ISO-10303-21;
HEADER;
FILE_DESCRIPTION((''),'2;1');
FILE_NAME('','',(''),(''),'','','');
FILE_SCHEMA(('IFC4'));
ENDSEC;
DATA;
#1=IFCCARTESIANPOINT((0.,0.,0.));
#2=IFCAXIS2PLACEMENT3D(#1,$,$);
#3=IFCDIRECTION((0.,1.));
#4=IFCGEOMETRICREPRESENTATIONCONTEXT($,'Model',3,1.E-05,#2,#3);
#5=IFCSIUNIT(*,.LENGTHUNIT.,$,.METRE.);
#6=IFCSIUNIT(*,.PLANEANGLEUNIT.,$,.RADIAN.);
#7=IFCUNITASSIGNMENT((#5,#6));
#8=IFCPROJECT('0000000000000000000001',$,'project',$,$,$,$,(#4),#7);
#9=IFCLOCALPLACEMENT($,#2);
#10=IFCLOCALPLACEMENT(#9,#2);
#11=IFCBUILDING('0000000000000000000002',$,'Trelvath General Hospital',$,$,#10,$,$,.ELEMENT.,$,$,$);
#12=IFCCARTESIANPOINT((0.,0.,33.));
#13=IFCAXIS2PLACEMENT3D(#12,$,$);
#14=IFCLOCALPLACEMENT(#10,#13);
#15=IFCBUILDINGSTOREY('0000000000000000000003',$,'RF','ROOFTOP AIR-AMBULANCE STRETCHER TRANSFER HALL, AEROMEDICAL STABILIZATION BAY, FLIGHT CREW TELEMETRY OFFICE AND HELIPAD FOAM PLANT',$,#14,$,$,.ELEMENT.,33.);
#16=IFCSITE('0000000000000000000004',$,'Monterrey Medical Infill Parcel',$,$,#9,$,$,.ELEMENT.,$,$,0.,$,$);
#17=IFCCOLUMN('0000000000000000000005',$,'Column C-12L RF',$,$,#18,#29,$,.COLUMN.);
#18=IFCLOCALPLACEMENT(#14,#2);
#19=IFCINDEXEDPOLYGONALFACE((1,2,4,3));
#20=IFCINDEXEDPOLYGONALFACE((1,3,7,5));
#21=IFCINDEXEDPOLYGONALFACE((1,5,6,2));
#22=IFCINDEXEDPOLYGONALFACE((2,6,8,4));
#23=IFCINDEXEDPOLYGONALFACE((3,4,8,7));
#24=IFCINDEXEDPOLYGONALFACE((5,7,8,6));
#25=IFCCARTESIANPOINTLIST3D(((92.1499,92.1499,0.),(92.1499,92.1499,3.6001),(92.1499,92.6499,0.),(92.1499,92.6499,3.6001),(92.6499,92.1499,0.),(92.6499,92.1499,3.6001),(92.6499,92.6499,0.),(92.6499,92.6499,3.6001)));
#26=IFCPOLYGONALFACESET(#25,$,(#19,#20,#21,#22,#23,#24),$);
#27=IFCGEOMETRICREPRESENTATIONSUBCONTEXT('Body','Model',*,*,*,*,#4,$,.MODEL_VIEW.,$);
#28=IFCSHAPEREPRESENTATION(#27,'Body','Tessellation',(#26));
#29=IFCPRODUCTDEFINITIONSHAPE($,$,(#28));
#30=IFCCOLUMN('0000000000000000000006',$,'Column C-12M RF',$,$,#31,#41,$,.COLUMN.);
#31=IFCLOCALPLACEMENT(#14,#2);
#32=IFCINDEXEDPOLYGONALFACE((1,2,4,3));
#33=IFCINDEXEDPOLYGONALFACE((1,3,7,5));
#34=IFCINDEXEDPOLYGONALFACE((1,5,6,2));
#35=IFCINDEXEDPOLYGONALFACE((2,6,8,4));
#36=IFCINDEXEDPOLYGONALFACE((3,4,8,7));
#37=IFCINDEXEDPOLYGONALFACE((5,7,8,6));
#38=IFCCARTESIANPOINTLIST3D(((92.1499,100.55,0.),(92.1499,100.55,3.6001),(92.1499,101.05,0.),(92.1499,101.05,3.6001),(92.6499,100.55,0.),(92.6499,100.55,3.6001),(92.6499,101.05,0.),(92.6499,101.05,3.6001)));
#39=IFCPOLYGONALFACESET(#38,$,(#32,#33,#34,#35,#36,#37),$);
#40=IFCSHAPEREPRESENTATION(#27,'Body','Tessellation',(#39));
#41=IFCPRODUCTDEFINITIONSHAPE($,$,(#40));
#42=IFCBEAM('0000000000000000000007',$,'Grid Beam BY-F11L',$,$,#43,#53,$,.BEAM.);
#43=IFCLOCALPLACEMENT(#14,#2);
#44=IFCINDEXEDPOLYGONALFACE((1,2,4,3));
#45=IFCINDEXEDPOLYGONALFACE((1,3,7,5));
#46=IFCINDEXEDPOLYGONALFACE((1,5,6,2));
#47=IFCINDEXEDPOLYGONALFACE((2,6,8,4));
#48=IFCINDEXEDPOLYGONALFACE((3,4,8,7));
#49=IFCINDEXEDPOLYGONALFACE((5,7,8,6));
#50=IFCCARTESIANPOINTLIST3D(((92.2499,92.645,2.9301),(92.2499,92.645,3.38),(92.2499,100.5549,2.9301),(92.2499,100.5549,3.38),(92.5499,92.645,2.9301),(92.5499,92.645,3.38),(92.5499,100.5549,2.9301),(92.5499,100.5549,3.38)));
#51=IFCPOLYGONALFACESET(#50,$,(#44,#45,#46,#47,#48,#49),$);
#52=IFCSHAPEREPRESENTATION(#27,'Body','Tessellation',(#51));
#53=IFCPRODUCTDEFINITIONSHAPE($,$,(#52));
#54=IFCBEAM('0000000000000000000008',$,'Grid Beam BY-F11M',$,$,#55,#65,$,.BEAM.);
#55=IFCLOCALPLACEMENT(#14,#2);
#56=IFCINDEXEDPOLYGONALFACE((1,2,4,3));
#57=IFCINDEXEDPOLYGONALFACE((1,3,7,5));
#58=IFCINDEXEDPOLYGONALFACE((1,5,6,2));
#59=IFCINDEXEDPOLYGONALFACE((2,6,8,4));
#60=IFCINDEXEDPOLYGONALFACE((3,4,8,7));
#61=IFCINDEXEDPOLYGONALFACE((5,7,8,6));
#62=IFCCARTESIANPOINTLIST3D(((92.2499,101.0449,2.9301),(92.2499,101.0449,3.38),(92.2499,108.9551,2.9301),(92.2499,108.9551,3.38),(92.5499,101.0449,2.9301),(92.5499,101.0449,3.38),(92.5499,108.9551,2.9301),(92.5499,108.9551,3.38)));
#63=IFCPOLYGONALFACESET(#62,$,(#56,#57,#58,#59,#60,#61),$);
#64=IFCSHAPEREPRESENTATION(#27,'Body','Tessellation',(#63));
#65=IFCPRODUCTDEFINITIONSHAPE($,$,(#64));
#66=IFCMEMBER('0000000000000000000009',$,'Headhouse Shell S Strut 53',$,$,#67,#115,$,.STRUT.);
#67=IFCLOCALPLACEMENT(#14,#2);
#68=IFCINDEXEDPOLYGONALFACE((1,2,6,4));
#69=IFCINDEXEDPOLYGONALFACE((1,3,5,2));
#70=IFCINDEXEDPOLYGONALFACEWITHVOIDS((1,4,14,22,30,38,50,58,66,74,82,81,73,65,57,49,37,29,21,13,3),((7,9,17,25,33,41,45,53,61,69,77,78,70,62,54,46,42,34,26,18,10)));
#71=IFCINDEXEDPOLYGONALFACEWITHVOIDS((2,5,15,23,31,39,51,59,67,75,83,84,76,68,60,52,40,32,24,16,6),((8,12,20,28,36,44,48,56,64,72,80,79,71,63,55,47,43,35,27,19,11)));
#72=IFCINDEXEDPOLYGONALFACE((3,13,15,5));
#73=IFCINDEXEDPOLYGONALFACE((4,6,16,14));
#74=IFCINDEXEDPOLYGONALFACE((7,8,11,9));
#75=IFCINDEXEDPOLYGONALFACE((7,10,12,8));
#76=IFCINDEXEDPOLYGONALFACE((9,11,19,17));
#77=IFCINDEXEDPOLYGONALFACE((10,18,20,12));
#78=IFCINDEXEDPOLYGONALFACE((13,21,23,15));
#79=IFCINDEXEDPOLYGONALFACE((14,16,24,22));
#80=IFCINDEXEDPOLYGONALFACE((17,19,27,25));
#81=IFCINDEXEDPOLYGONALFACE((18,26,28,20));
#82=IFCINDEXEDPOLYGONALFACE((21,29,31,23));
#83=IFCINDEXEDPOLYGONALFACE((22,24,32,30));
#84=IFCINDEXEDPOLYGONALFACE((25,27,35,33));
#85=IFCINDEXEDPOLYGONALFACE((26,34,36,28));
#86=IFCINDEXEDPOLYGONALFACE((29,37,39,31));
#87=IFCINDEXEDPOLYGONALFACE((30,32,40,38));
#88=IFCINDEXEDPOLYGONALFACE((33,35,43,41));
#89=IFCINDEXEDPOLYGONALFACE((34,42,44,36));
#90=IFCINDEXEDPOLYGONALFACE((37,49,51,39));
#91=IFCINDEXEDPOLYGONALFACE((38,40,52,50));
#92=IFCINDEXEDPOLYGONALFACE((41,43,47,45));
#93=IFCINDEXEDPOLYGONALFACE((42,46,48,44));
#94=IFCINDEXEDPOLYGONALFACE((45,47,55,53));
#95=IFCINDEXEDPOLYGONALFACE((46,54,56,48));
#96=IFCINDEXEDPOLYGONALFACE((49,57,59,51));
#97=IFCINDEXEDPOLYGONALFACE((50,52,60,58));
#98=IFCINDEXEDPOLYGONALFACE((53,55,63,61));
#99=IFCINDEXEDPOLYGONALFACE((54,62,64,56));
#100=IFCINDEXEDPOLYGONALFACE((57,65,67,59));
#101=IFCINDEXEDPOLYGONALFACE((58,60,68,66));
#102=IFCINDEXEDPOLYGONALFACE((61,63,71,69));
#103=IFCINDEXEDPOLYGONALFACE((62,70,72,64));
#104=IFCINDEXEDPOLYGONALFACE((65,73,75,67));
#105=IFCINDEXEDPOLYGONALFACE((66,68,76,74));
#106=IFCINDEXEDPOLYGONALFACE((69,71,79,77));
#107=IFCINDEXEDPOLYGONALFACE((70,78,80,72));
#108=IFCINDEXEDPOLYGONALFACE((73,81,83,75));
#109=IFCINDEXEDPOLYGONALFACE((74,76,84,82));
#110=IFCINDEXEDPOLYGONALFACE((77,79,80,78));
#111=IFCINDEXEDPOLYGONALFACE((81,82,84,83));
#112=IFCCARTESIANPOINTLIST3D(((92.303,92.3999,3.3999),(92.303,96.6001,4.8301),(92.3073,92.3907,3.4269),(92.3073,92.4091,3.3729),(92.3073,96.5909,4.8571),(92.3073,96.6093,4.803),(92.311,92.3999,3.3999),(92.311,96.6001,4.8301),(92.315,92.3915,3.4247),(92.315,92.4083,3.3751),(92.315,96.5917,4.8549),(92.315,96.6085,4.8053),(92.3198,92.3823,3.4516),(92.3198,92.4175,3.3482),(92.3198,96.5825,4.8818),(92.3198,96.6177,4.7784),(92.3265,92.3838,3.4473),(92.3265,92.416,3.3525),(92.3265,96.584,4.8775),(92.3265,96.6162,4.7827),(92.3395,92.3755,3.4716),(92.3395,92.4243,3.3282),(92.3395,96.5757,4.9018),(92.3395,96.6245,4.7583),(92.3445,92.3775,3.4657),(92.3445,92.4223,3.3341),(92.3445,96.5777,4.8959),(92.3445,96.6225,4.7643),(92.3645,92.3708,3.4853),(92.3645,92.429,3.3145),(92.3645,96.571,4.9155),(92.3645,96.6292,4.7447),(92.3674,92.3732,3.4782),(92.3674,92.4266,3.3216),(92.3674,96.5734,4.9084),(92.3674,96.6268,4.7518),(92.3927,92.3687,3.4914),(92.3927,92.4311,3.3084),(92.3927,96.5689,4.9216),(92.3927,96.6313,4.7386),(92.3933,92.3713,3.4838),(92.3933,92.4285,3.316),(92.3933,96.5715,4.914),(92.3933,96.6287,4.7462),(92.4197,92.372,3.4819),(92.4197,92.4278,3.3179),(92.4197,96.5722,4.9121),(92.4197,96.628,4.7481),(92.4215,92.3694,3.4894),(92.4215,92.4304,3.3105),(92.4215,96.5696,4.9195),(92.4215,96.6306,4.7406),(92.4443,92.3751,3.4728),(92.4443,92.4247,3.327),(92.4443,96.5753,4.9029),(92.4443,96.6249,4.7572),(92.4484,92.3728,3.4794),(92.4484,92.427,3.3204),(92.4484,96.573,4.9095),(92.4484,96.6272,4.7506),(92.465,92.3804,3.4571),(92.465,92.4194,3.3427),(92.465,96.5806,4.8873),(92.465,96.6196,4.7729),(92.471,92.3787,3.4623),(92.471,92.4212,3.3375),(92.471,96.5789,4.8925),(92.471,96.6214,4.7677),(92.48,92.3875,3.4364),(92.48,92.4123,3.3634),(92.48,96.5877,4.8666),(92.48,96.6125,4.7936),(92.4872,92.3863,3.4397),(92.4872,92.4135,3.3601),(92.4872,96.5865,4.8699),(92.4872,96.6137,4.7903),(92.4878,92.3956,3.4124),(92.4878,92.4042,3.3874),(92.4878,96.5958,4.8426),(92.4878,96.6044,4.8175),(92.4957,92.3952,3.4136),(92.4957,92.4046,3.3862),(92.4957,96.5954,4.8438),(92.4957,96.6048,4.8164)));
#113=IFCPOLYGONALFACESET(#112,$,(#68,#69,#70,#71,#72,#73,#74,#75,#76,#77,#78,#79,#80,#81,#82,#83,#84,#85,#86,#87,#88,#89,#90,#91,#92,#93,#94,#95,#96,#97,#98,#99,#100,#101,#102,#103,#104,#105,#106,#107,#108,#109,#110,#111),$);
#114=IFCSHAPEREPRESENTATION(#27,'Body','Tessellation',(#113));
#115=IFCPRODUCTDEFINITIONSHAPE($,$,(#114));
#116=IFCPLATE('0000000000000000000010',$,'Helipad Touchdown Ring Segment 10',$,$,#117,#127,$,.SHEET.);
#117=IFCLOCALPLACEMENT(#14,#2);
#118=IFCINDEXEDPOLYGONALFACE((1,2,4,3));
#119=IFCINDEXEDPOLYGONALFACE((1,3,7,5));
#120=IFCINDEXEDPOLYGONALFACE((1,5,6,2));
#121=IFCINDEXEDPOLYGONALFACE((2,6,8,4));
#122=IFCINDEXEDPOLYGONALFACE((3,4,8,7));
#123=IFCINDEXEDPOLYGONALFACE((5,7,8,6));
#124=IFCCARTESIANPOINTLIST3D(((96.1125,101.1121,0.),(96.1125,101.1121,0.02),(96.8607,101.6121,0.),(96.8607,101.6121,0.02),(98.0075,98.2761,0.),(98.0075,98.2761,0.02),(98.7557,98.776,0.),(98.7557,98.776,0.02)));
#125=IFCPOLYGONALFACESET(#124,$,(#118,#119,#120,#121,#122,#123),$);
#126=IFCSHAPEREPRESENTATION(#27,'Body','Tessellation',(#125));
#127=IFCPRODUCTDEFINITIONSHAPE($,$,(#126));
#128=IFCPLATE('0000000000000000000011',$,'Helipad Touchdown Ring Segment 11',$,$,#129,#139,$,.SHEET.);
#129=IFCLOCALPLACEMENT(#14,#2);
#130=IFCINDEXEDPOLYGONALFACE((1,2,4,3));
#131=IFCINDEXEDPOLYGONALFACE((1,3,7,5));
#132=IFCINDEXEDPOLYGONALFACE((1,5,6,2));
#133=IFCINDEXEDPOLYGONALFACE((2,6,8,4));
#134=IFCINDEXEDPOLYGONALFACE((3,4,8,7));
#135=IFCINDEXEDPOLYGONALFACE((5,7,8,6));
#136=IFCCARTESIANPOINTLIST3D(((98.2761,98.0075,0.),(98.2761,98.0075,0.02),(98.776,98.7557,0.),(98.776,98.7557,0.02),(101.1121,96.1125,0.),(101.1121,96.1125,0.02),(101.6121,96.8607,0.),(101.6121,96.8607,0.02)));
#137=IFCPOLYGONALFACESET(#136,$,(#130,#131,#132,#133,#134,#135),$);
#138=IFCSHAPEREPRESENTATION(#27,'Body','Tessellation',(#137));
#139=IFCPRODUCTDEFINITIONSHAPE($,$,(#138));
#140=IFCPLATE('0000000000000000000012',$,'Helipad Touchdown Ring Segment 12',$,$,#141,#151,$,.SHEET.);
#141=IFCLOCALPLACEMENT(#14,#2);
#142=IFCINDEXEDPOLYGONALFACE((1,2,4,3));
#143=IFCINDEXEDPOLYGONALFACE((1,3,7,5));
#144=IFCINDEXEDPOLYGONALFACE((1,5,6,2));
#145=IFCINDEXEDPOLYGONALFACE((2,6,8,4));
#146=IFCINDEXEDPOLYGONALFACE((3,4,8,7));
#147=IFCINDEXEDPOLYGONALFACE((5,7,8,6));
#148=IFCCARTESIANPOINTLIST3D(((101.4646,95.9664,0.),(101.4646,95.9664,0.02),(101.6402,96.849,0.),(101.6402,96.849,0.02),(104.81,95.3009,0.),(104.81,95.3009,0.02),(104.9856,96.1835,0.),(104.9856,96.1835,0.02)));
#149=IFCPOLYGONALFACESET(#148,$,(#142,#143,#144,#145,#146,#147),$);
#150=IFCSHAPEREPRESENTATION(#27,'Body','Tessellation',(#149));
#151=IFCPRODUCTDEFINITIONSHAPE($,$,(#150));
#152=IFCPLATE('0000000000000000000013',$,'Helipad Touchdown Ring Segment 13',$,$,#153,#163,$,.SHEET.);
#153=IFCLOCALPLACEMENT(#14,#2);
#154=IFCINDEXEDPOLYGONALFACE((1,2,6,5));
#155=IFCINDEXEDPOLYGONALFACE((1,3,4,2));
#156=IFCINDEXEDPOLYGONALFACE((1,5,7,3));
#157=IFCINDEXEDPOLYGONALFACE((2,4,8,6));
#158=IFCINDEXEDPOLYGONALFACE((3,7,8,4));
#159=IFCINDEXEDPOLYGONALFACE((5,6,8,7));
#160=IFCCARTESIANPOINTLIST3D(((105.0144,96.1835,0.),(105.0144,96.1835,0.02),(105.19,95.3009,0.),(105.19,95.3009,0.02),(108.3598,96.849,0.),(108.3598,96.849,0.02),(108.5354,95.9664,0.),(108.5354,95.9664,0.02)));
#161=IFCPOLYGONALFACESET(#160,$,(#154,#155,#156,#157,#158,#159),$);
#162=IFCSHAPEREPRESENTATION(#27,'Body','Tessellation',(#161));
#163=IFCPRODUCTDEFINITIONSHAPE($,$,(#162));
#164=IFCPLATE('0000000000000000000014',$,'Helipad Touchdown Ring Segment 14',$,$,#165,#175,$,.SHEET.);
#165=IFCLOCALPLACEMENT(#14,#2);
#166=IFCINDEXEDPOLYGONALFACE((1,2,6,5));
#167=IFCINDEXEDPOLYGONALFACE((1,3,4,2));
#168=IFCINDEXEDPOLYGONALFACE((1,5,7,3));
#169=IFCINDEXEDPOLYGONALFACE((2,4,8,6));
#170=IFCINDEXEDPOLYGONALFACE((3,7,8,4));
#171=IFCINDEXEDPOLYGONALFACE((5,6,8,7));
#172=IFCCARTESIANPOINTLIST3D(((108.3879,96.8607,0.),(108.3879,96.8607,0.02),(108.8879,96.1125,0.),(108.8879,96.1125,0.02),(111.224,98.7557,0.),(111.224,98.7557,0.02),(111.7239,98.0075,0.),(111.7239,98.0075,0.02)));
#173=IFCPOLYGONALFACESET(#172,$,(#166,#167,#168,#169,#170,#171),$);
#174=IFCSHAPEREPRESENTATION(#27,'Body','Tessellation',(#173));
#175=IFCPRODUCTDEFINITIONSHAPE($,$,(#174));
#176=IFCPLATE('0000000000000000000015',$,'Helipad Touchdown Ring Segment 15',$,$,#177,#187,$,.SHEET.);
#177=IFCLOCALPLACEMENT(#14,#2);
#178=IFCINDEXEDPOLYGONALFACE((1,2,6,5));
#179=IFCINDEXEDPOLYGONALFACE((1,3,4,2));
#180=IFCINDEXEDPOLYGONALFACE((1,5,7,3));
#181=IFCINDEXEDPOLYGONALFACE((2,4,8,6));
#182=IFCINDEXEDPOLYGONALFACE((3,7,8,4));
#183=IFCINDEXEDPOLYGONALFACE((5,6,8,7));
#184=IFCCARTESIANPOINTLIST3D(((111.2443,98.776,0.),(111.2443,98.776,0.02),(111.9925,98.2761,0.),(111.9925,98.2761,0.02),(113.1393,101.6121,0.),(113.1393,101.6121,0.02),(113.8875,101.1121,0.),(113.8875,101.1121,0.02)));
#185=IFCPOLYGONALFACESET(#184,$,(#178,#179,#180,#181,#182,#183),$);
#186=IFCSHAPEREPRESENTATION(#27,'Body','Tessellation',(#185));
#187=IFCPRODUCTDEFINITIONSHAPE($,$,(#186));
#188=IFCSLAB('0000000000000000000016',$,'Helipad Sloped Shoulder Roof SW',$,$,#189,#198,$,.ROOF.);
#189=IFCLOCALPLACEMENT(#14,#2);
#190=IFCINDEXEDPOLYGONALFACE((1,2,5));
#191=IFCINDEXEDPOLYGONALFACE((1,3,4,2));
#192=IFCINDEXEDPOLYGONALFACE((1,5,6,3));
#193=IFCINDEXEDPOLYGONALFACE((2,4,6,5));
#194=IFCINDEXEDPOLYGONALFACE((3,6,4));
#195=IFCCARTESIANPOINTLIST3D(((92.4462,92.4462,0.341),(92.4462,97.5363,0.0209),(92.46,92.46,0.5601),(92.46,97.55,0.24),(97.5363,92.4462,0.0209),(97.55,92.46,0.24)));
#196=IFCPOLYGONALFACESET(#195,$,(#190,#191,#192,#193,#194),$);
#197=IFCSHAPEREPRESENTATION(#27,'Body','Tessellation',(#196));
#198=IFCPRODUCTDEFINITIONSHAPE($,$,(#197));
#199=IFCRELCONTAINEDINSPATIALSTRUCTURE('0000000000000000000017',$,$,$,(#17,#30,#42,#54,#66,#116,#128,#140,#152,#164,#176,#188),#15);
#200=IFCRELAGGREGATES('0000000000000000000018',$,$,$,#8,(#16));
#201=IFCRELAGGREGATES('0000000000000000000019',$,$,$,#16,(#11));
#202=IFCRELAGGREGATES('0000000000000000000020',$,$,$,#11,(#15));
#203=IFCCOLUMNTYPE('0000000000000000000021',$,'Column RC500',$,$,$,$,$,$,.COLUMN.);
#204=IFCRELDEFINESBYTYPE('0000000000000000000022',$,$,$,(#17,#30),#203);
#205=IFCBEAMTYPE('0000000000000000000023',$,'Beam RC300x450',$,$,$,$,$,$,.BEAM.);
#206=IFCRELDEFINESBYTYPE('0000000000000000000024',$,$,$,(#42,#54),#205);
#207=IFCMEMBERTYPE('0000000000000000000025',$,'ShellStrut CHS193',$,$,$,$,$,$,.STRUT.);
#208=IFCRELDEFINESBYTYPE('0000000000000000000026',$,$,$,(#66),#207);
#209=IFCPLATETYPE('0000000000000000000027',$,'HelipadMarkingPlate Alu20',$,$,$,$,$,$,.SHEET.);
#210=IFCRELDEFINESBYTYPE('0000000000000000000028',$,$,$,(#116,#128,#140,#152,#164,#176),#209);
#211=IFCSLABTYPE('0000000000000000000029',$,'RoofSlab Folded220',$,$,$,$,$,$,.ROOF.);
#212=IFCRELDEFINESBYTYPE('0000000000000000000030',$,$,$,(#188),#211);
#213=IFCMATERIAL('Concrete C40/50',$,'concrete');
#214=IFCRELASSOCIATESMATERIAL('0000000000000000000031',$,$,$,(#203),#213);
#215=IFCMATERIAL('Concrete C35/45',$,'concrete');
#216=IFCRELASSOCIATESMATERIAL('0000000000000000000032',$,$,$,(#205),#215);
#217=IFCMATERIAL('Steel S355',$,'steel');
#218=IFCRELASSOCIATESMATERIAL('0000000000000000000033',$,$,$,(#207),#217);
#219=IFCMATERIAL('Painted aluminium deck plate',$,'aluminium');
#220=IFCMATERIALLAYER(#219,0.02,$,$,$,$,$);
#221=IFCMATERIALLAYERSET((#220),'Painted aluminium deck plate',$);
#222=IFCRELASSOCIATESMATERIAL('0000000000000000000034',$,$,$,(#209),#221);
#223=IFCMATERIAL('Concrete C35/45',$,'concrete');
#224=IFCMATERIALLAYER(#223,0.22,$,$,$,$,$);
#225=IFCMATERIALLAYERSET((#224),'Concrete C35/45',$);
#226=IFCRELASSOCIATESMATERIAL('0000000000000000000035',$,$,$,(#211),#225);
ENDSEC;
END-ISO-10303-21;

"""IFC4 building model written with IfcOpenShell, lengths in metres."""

from ifc_helpers import new_model, si_unit, direction, frame, origin, origin_2d, place, context, subcontext, project, spatial, polyline, rectangle, hollow_circle, outline, extrude, material, layer, layer_set, material_profile, profile_set, type_object, element, save


model = new_model("IFC4")

# Units and contexts
model_context = context("Model", 3, precision=1e-05, world=origin(), true_north=direction((0.0, 1.0)))
body_context = subcontext(model_context, "Body", "Model", "MODEL_VIEW")
ifc_project = project(units=[si_unit("LENGTHUNIT", "METRE"), si_unit("PLANEANGLEUNIT", "RADIAN")], contexts=[model_context])

# Site, building, storey
site_placement = place(None, origin())
site = spatial("IfcSite", under=ifc_project, at=site_placement, Name="Monterrey Medical Infill Parcel", CompositionType="ELEMENT", RefElevation=0.0)
building_placement = place(site_placement, origin())
building = spatial("IfcBuilding", under=site, at=building_placement, Name="Trelvath General Hospital", CompositionType="ELEMENT")
storey_placement = place(building_placement, frame((0.0, 0.0, 33.0)))
storey = spatial("IfcBuildingStorey", under=building, at=storey_placement, Name="RF", Description="ROOFTOP AIR-AMBULANCE STRETCHER TRANSFER HALL, AEROMEDICAL STABILIZATION BAY, FLIGHT CREW TELEMETRY OFFICE AND HELIPAD FOAM PLANT", CompositionType="ELEMENT", Elevation=33.0)

# Columns
ifc_material_1 = material(Name="Concrete C40/50", Category="concrete")
ifc_material_profile_1 = material_profile(ifc_material_1, rectangle(XDim=0.5, YDim=0.5, at=origin_2d()), Name="RC500x500")
ifc_profile_set_1 = profile_set([ifc_material_profile_1], Name="Concrete C40/50")
column_type = type_object("IfcColumnType", Name="Column RC500", PredefinedType="COLUMN", material=ifc_profile_set_1)
for number, where, z_axis, x_axis, name in (
    (1, (92.3999, 92.3999, 0.0), (0.0, 0.0, 1.0), (1.0, 0.0, 0.0), "Column C-12L RF"),
    (2, (92.3999, 100.8, 0.0), (0.0, 0.0, 1.0), (1.0, 0.0, 0.0), "Column C-12M RF"),
):
    element("IfcColumn", number, at=place(storey_placement, frame(where, z_axis=z_axis, x_axis=x_axis)), inside=storey, type_object=column_type, Name=name, PredefinedType="COLUMN", context=body_context, shape_type="SweptSolid", body=[
        extrude(rectangle(XDim=0.5, YDim=0.5, at=origin_2d()), origin(), (0.0, 0.0, 1.0), 3.6001),
    ])

# Beams
ifc_material_2 = material(Name="Concrete C35/45", Category="concrete")
ifc_material_profile_2 = material_profile(ifc_material_2, rectangle(XDim=0.3, YDim=0.45, at=origin_2d()), Name="RCB300x450")
ifc_profile_set_2 = profile_set([ifc_material_profile_2], Name="Concrete C35/45")
beam_type = type_object("IfcBeamType", Name="Beam RC300x450", PredefinedType="BEAM", material=ifc_profile_set_2)
beam_1_placement = place(storey_placement, frame((92.3999, 92.645, 3.155), z_axis=(0.0, 1.0, 0.0), x_axis=(-1.0, 0.0, 0.0)))
element("IfcBeam", 3, at=beam_1_placement, inside=storey, type_object=beam_type, Name="Grid Beam BY-F11L", PredefinedType="BEAM", context=body_context, shape_type="SweptSolid", body=[
    extrude(rectangle(XDim=0.3, YDim=0.45, at=origin_2d()), origin(), (0.0, 0.0, 1.0), 7.9099),
])
beam_2_placement = place(storey_placement, frame((92.3999, 101.0449, 3.155), z_axis=(0.0, 1.0, 0.0), x_axis=(-1.0, 0.0, 0.0)))
element("IfcBeam", 4, at=beam_2_placement, inside=storey, type_object=beam_type, Name="Grid Beam BY-F11M", PredefinedType="BEAM", context=body_context, shape_type="SweptSolid", body=[
    extrude(rectangle(XDim=0.3, YDim=0.45, at=origin_2d()), origin(), (0.0, 0.0, 1.0), 7.9102),
])

# Member
ifc_material_3 = material(Name="Steel S355", Category="steel")
ifc_material_profile_3 = material_profile(ifc_material_3, hollow_circle(Radius=0.0969, WallThickness=0.0081, at=origin_2d()), Name="CHS193.7x8.0")
ifc_profile_set_3 = profile_set([ifc_material_profile_3], Name="Steel S355")
member_type = type_object("IfcMemberType", Name="ShellStrut CHS193", PredefinedType="STRUT", material=ifc_profile_set_3)
member_placement = place(storey_placement, frame((92.3999, 92.3999, 3.3999), z_axis=(0.0, 0.946628, 0.322329), x_axis=(-1.0, 0.0, 0.0)))
element("IfcMember", 5, at=member_placement, inside=storey, type_object=member_type, Name="Headhouse Shell S Strut 53", PredefinedType="STRUT", context=body_context, shape_type="SweptSolid", body=[
    extrude(hollow_circle(Radius=0.0969, WallThickness=0.0081, at=origin_2d()), origin(), (0.0, 0.0, 1.0), 4.437),
])

# Plates
ifc_material_4 = material(Name="Painted aluminium deck plate", Category="aluminium")
ifc_layer_1 = layer(ifc_material_4, 0.02)
ifc_layer_set_1 = layer_set([ifc_layer_1], Name="Painted aluminium deck plate")
plate_type = type_object("IfcPlateType", Name="HelipadMarkingPlate Alu20", PredefinedType="SHEET", material=ifc_layer_set_1)
for number, where, z_axis, x_axis, name in (
    (6, (97.4341, 99.9441, 0.0), (0.0, 0.0, 1.0), (0.55557, -0.83147, 0.0), "Helipad Touchdown Ring Segment 10"),
    (7, (99.9441, 97.4341, 0.0), (0.0, 0.0, 1.0), (0.83147, -0.55557, 0.0), "Helipad Touchdown Ring Segment 11"),
    (8, (103.2251, 96.075, 0.0), (0.0, 0.0, 1.0), (0.980785, -0.19509, 0.0), "Helipad Touchdown Ring Segment 12"),
    (9, (106.7749, 96.075, 0.0), (0.0, 0.0, 1.0), (0.980785, 0.19509, 0.0), "Helipad Touchdown Ring Segment 13"),
    (10, (110.0559, 97.4341, 0.0), (0.0, 0.0, 1.0), (0.83147, 0.55557, 0.0), "Helipad Touchdown Ring Segment 14"),
    (11, (112.5659, 99.9441, 0.0), (0.0, 0.0, 1.0), (0.55557, 0.83147, 0.0), "Helipad Touchdown Ring Segment 15"),
):
    element("IfcPlate", number, at=place(storey_placement, frame(where, z_axis=z_axis, x_axis=x_axis)), inside=storey, type_object=plate_type, Name=name, PredefinedType="SHEET", context=body_context, shape_type="SweptSolid", body=[
        extrude(rectangle(XDim=3.4109, YDim=0.8999, at=origin_2d()), origin(), (0.0, 0.0, 1.0), 0.02),
    ])

# Slab
ifc_material_5 = material(Name="Concrete C35/45", Category="concrete")
ifc_layer_2 = layer(ifc_material_5, 0.22)
ifc_layer_set_2 = layer_set([ifc_layer_2], Name="Concrete C35/45")
slab_type = type_object("IfcSlabType", Name="RoofSlab Folded220", PredefinedType="ROOF", material=ifc_layer_set_2)
slab_placement = place(storey_placement, frame((92.46, 92.46, 0.5601), z_axis=(0.062634, 0.062634, 0.996069), x_axis=(0.998029, 0.0, -0.062757)))
element("IfcSlab", 12, at=slab_placement, inside=storey, type_object=slab_type, Name="Helipad Sloped Shoulder Roof SW", PredefinedType="ROOF", context=body_context, shape_type="SweptSolid", body=[
    extrude(outline(polyline([(0.0, 0.0), (5.1001, 0.0), (0.0201, 5.1001), (0.0, 0.0)])), origin(), (0.0, 0.0, -1.0), 0.22),
])

save(model, "model.ifc")
